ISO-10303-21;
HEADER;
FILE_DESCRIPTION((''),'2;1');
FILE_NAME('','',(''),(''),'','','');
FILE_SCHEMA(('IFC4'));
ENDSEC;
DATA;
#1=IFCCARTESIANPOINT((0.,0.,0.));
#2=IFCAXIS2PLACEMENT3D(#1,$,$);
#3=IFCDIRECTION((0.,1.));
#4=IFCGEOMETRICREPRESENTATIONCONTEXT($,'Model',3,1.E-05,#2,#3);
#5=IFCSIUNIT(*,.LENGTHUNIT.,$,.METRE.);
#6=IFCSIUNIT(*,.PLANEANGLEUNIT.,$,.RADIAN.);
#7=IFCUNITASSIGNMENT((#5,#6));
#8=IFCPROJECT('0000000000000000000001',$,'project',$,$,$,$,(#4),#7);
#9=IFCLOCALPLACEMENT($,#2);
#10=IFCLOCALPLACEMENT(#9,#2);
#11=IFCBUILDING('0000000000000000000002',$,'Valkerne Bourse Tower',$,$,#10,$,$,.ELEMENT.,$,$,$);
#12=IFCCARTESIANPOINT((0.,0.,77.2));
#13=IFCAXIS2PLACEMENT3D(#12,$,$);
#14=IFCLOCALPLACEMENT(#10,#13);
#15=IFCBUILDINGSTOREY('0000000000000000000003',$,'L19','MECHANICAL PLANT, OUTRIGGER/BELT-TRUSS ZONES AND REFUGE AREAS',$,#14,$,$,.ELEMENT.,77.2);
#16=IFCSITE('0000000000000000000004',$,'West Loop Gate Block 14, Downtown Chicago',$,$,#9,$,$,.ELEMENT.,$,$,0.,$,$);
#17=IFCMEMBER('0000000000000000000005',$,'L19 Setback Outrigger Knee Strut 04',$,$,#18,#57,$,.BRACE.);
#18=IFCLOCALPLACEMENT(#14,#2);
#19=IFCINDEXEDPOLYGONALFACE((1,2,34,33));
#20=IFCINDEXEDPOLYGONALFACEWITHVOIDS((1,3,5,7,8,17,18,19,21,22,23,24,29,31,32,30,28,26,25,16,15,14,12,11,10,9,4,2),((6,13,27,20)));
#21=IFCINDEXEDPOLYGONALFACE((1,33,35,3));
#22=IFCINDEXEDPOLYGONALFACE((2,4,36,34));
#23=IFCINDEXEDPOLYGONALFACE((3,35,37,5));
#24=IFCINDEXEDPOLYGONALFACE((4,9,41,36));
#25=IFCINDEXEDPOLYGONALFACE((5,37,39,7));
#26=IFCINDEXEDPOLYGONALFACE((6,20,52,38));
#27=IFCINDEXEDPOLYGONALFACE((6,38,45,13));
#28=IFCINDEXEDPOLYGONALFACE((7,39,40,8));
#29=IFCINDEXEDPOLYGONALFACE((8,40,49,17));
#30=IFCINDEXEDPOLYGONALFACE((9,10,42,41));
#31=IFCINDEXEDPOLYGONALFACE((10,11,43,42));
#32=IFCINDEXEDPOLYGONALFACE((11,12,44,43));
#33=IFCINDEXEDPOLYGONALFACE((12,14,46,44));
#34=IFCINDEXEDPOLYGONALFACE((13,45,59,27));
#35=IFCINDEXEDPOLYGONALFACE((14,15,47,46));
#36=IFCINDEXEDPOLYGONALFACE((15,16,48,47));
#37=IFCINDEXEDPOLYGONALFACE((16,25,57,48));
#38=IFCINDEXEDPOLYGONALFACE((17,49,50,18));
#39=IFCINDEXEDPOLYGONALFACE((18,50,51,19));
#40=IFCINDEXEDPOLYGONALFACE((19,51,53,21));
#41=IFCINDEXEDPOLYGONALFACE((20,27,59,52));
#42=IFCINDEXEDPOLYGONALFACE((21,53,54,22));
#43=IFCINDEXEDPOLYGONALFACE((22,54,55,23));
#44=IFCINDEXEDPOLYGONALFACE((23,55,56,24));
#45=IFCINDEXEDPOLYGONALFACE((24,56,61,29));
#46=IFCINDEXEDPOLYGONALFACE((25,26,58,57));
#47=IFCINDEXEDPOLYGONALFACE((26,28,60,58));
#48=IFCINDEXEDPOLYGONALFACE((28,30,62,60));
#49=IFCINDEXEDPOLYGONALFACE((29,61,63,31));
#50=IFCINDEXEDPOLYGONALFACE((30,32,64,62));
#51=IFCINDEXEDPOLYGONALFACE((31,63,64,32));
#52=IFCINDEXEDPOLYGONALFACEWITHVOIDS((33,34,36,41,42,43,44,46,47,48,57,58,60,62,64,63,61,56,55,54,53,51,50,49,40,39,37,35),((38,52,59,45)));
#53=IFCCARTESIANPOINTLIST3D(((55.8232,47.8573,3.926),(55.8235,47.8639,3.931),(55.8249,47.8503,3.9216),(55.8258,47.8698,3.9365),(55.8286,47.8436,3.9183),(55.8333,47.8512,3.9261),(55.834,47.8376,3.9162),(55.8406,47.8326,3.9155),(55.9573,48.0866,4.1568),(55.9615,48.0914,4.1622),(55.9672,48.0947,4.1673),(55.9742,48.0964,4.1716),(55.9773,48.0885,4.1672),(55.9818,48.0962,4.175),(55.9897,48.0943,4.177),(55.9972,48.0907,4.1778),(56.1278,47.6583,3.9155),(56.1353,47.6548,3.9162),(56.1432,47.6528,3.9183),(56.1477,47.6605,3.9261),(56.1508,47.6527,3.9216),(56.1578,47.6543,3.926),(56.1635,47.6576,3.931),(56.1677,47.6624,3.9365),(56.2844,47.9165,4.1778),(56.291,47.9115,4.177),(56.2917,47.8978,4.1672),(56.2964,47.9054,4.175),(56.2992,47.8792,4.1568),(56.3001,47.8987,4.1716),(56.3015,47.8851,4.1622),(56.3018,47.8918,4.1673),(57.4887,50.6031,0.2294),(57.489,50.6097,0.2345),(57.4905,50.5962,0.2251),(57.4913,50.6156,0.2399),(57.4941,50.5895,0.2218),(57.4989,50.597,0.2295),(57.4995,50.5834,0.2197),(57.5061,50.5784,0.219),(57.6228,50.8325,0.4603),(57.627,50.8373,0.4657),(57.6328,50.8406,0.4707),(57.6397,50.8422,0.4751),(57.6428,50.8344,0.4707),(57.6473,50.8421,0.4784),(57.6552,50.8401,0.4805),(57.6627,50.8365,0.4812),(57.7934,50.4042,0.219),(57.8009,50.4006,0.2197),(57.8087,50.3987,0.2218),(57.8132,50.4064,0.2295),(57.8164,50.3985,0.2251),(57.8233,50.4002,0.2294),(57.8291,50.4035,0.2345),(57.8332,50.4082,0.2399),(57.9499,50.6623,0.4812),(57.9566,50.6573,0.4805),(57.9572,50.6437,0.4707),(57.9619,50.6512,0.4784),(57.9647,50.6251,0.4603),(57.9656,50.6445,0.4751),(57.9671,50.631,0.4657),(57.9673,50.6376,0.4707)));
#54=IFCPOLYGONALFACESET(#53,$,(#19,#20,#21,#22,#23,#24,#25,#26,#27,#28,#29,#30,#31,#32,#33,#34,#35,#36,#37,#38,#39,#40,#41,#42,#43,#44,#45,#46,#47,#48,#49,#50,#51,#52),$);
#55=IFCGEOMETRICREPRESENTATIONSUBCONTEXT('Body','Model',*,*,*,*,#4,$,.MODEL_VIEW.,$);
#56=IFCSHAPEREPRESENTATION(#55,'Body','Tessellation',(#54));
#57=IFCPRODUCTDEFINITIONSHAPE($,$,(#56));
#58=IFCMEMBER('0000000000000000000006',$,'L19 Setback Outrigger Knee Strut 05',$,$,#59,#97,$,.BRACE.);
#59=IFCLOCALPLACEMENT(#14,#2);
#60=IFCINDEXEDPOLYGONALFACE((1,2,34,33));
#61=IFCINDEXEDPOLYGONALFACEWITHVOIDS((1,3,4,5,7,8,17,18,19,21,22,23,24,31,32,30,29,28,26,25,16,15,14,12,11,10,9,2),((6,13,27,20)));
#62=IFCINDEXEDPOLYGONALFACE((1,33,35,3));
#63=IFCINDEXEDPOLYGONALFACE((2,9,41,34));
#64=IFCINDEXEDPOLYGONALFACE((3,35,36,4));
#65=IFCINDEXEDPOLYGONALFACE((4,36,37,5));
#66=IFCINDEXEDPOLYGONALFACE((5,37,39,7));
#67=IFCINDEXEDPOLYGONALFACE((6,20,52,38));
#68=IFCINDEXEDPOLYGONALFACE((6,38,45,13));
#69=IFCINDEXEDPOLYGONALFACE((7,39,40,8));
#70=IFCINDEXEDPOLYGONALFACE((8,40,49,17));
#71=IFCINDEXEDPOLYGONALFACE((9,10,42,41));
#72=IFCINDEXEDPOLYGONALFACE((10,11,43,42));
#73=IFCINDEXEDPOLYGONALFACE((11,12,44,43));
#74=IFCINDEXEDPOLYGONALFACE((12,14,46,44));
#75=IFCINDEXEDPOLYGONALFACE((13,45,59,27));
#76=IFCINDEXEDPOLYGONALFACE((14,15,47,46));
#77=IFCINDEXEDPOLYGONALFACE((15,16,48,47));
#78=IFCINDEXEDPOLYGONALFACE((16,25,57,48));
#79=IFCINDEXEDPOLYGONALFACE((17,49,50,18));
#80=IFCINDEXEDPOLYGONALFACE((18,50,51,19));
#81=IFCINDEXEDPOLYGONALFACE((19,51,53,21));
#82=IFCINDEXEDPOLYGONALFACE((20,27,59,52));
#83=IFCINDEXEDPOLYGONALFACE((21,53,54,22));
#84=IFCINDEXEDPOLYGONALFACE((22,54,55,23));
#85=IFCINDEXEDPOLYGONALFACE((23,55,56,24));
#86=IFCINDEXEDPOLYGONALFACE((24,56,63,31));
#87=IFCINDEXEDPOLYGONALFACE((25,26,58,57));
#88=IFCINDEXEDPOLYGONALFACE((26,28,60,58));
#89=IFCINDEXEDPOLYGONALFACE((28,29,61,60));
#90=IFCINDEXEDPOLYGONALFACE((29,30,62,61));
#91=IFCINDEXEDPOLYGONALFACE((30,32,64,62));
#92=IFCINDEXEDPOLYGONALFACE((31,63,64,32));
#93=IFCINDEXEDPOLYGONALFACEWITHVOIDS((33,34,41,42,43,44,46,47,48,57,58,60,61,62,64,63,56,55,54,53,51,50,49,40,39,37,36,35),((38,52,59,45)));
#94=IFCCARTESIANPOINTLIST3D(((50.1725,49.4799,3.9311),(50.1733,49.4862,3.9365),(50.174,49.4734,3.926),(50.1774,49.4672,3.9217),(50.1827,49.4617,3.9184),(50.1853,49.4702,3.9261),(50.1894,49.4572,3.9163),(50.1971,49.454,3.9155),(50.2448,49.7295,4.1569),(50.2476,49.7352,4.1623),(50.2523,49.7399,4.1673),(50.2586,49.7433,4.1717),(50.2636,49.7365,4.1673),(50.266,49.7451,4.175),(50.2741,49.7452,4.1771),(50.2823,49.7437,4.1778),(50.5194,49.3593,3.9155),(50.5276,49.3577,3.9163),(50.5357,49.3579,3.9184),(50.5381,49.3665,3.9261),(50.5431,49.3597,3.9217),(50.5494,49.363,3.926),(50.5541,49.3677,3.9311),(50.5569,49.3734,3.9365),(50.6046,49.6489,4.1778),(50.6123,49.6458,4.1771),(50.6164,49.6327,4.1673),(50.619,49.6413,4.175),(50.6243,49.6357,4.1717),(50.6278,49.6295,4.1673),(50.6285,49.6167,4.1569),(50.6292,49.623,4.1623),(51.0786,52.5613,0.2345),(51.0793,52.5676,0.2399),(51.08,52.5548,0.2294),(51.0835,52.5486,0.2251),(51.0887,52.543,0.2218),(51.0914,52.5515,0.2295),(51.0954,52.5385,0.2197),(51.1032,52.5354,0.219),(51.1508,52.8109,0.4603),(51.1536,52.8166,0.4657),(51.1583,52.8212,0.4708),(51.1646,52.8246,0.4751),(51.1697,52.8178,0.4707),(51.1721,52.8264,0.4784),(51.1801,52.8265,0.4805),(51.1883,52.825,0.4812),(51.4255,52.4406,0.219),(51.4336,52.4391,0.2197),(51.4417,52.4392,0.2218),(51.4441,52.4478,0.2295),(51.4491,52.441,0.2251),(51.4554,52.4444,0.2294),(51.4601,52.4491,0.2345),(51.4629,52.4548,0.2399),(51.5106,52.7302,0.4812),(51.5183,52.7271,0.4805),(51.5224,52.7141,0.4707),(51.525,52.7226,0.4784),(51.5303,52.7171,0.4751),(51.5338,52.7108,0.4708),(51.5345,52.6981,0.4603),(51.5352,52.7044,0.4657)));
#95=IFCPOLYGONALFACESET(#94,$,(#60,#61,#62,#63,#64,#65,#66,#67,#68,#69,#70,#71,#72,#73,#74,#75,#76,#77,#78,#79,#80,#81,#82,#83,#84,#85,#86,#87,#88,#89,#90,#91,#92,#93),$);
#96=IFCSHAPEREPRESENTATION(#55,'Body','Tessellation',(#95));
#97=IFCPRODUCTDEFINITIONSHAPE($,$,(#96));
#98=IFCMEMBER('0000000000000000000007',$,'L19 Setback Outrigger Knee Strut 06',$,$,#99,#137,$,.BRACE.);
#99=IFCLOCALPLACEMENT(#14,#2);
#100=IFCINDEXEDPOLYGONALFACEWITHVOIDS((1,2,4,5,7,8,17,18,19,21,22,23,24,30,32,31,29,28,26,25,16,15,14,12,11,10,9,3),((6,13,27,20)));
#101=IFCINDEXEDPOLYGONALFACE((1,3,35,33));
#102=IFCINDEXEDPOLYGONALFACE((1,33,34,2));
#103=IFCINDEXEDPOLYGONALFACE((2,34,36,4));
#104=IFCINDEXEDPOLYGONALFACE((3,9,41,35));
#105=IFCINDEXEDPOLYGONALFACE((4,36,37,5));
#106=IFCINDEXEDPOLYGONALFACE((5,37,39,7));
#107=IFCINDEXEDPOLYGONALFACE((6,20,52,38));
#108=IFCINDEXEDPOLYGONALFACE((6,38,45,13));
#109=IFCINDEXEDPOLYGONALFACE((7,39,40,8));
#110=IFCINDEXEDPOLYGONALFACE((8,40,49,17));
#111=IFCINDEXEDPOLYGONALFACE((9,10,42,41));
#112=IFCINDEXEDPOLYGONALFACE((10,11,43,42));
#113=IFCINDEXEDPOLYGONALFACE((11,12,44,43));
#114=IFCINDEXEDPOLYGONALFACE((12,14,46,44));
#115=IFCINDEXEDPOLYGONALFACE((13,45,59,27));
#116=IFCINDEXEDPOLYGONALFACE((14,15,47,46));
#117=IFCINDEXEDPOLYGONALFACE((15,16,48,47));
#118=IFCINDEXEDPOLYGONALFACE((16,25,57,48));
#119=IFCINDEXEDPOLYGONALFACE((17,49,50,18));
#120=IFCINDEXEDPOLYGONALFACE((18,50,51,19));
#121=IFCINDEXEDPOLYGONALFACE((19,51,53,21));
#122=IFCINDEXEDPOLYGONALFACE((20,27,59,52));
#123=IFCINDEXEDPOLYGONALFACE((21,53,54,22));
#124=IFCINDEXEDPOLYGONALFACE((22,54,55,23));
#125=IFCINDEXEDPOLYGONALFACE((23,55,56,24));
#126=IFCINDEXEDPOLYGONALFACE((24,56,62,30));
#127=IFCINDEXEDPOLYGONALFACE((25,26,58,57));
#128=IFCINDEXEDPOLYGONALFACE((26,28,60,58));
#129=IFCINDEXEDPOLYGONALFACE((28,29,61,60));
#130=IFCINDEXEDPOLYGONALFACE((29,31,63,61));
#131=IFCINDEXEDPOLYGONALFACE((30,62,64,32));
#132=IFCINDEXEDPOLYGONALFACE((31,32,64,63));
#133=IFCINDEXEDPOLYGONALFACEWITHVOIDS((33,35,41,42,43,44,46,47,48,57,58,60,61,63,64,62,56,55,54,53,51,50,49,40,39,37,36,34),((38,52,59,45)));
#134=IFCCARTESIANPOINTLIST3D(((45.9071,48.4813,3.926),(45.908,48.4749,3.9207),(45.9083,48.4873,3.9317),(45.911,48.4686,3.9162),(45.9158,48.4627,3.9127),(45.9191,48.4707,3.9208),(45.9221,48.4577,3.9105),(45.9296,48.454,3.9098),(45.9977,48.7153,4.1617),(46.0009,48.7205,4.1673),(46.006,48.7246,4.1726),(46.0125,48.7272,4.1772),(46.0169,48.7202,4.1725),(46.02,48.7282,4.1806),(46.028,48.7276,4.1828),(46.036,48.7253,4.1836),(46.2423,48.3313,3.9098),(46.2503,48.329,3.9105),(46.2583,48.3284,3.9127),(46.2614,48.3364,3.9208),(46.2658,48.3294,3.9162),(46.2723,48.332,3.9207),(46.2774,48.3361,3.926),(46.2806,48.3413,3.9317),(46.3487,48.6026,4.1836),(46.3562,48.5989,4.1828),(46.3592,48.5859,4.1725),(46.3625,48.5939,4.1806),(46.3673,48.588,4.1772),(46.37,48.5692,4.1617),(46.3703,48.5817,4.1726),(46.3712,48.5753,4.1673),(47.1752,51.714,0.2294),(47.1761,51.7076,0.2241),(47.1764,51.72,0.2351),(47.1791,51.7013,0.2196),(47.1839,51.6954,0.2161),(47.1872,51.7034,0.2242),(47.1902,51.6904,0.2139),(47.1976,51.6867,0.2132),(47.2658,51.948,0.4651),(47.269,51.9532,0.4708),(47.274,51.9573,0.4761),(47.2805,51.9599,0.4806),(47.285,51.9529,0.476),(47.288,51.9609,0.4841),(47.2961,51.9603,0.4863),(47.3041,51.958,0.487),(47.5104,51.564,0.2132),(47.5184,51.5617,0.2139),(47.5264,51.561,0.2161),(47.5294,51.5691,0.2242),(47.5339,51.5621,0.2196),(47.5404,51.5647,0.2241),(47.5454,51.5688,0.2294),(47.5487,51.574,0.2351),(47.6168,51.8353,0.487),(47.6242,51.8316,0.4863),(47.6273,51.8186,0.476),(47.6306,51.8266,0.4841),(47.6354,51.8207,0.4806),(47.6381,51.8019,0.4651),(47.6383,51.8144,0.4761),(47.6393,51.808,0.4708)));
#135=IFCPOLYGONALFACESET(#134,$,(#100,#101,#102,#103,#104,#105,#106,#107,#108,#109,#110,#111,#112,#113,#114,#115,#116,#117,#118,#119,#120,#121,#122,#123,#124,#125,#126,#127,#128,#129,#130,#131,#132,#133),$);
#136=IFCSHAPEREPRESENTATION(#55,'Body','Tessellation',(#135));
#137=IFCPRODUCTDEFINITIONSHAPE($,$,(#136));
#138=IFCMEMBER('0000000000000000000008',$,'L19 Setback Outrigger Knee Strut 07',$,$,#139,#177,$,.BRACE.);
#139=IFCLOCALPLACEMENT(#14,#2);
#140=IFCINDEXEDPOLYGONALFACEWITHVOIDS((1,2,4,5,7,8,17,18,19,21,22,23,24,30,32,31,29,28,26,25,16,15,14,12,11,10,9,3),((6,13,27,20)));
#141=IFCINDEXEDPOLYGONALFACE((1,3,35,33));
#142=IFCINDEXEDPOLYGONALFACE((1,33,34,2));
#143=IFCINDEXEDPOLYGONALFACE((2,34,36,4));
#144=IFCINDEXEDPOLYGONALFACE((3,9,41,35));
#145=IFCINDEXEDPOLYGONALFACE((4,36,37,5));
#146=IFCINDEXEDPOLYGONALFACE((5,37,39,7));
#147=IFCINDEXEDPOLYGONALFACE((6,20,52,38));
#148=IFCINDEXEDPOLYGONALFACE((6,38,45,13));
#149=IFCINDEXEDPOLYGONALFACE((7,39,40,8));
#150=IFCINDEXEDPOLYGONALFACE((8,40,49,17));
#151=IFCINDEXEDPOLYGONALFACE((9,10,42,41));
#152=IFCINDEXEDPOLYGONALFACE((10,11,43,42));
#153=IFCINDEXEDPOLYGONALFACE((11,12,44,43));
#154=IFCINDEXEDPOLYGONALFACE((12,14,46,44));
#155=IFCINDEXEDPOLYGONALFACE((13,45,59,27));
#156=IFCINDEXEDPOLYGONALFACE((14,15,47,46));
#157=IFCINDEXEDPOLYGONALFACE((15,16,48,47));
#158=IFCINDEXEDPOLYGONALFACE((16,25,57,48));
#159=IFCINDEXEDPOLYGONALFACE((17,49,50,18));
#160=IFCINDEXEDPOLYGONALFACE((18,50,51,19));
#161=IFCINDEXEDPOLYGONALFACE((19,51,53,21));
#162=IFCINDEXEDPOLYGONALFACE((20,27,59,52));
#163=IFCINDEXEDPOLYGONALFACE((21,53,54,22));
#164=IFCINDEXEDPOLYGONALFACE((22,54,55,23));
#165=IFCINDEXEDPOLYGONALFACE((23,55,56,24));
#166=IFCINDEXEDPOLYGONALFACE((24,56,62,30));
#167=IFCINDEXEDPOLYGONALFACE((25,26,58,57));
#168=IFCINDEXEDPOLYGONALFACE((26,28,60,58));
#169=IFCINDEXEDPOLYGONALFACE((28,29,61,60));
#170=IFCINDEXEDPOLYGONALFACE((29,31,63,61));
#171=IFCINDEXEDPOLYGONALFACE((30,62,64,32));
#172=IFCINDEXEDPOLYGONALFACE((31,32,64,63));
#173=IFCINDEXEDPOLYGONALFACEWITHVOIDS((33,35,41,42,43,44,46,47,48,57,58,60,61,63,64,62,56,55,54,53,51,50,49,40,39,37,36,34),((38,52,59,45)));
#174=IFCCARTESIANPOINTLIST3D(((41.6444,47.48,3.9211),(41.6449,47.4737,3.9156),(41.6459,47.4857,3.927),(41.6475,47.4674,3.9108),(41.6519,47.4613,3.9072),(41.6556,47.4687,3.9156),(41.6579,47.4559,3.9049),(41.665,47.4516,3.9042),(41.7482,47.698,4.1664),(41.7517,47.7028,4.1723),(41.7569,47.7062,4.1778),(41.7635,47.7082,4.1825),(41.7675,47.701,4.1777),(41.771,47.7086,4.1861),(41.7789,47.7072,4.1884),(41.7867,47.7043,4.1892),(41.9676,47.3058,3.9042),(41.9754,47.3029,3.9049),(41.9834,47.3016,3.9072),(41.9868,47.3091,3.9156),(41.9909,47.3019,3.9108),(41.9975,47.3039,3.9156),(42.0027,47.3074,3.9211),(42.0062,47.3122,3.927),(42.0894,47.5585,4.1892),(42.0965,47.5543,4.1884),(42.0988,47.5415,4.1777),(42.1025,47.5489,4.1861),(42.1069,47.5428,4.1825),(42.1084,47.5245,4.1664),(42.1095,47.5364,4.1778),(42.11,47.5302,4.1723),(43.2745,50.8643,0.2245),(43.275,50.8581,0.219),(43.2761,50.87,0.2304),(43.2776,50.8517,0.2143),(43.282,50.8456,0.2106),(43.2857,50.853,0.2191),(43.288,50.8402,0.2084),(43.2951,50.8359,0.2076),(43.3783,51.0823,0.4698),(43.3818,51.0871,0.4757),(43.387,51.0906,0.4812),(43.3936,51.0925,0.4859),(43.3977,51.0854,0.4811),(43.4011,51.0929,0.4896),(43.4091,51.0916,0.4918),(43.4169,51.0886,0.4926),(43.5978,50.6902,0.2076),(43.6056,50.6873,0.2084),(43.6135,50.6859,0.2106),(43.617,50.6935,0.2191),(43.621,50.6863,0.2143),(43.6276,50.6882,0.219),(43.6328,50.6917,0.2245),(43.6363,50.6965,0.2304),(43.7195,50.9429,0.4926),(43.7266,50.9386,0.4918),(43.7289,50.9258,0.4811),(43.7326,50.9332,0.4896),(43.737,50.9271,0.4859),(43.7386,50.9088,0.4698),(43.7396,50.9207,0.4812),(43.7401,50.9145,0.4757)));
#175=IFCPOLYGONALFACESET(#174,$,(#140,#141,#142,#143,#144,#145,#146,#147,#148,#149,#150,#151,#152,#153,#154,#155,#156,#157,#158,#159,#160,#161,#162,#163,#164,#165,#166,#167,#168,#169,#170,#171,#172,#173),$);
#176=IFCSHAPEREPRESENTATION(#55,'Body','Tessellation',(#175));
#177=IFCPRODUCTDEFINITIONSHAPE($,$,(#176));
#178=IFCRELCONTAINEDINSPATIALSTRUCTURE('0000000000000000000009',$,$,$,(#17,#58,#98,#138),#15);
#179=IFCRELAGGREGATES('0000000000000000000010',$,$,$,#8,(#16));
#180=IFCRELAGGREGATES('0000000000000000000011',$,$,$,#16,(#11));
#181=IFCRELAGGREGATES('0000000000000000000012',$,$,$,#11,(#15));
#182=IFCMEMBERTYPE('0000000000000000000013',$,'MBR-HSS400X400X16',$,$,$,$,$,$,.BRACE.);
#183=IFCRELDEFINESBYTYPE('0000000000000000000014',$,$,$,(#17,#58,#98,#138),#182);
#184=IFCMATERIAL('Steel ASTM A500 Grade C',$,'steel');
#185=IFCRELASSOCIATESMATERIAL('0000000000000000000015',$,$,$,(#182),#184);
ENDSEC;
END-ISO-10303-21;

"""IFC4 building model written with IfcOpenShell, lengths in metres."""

from ifc_helpers import new_model, si_unit, direction, frame, origin, origin_2d, place, context, subcontext, project, spatial, hollow_rectangle, extrude, material, material_profile, profile_set, type_object, element, save


model = new_model("IFC4")

# Units and contexts
model_context = context("Model", 3, precision=1e-05, world=origin(), true_north=direction((0.0, 1.0)))
body_context = subcontext(model_context, "Body", "Model", "MODEL_VIEW")
ifc_project = project(units=[si_unit("LENGTHUNIT", "METRE"), si_unit("PLANEANGLEUNIT", "RADIAN")], contexts=[model_context])

# Site, building, storey
site_placement = place(None, origin())
site = spatial("IfcSite", under=ifc_project, at=site_placement, Name="West Loop Gate Block 14, Downtown Chicago", CompositionType="ELEMENT", RefElevation=0.0)
building_placement = place(site_placement, origin())
building = spatial("IfcBuilding", under=site, at=building_placement, Name="Valkerne Bourse Tower", CompositionType="ELEMENT")
storey_placement = place(building_placement, frame((0.0, 0.0, 77.2)))
storey = spatial("IfcBuildingStorey", under=building, at=storey_placement, Name="L19", Description="MECHANICAL PLANT, OUTRIGGER/BELT-TRUSS ZONES AND REFUGE AREAS", CompositionType="ELEMENT", Elevation=77.2)

# Members
ifc_material_1 = material(Name="Steel ASTM A500 Grade C", Category="steel")
ifc_material_profile_1 = material_profile(ifc_material_1, hollow_rectangle(XDim=0.3999, YDim=0.3999, WallThickness=0.0161, OuterFilletRadius=0.032, at=origin_2d()), Name="HSS400X400X16")
ifc_profile_set_1 = profile_set([ifc_material_profile_1], Name="Steel ASTM A500 Grade C")
member_type_1 = type_object("IfcMemberType", Name="MBR-HSS400X400X16", PredefinedType="BRACE", material=ifc_profile_set_1)
member_1_placement = place(storey_placement, frame((57.728, 50.6204, 0.3501), z_axis=(-0.34013, -0.560751, 0.754897), x_axis=(0.855008, -0.518615, 0.0)))
element("IfcMember", 1, at=member_1_placement, inside=storey, type_object=member_type_1, Name="L19 Setback Outrigger Knee Strut 04", PredefinedType="BRACE", context=body_context, shape_type="SweptSolid", body=[
    extrude(hollow_rectangle(XDim=0.3999, YDim=0.3999, WallThickness=0.0161, OuterFilletRadius=0.032, at=origin_2d()), origin(), (0.0, 0.0, 1.0), 4.8967),
])
member_2_placement = place(storey_placement, frame((51.3069, 52.6328, 0.3501), z_axis=(-0.185016, -0.629235, 0.754872), x_axis=(0.959387, -0.282092, 0.0)))
element("IfcMember", 2, at=member_2_placement, inside=storey, type_object=member_type_1, Name="L19 Setback Outrigger Knee Strut 05", PredefinedType="BRACE", context=body_context, shape_type="SweptSolid", body=[
    extrude(hollow_rectangle(XDim=0.3999, YDim=0.3999, WallThickness=0.0161, OuterFilletRadius=0.032, at=origin_2d()), origin(), (0.0, 0.0, 1.0), 4.897),
])
member_3_placement = place(storey_placement, frame((47.4072, 51.761, 0.3501), z_axis=(-0.250026, -0.637389, 0.72885), x_axis=(0.930939, -0.365176, 0.0)))
element("IfcMember", 3, at=member_3_placement, inside=storey, type_object=member_type_1, Name="L19 Setback Outrigger Knee Strut 06", PredefinedType="BRACE", context=body_context, shape_type="SweptSolid", body=[
    extrude(hollow_rectangle(XDim=0.3999, YDim=0.3999, WallThickness=0.0161, OuterFilletRadius=0.032, at=origin_2d()), origin(), (0.0, 0.0, 1.0), 5.0718),
])
member_4_placement = place(storey_placement, frame((43.5073, 50.8894, 0.3501), z_axis=(-0.30931, -0.642154, 0.701403), x_axis=(0.900933, -0.433958, 0.0)))
element("IfcMember", 4, at=member_4_placement, inside=storey, type_object=member_type_1, Name="L19 Setback Outrigger Knee Strut 07", PredefinedType="BRACE", context=body_context, shape_type="SweptSolid", body=[
    extrude(hollow_rectangle(XDim=0.3999, YDim=0.3999, WallThickness=0.0161, OuterFilletRadius=0.032, at=origin_2d()), origin(), (0.0, 0.0, 1.0), 5.2703),
])

save(model, "model.ifc")
